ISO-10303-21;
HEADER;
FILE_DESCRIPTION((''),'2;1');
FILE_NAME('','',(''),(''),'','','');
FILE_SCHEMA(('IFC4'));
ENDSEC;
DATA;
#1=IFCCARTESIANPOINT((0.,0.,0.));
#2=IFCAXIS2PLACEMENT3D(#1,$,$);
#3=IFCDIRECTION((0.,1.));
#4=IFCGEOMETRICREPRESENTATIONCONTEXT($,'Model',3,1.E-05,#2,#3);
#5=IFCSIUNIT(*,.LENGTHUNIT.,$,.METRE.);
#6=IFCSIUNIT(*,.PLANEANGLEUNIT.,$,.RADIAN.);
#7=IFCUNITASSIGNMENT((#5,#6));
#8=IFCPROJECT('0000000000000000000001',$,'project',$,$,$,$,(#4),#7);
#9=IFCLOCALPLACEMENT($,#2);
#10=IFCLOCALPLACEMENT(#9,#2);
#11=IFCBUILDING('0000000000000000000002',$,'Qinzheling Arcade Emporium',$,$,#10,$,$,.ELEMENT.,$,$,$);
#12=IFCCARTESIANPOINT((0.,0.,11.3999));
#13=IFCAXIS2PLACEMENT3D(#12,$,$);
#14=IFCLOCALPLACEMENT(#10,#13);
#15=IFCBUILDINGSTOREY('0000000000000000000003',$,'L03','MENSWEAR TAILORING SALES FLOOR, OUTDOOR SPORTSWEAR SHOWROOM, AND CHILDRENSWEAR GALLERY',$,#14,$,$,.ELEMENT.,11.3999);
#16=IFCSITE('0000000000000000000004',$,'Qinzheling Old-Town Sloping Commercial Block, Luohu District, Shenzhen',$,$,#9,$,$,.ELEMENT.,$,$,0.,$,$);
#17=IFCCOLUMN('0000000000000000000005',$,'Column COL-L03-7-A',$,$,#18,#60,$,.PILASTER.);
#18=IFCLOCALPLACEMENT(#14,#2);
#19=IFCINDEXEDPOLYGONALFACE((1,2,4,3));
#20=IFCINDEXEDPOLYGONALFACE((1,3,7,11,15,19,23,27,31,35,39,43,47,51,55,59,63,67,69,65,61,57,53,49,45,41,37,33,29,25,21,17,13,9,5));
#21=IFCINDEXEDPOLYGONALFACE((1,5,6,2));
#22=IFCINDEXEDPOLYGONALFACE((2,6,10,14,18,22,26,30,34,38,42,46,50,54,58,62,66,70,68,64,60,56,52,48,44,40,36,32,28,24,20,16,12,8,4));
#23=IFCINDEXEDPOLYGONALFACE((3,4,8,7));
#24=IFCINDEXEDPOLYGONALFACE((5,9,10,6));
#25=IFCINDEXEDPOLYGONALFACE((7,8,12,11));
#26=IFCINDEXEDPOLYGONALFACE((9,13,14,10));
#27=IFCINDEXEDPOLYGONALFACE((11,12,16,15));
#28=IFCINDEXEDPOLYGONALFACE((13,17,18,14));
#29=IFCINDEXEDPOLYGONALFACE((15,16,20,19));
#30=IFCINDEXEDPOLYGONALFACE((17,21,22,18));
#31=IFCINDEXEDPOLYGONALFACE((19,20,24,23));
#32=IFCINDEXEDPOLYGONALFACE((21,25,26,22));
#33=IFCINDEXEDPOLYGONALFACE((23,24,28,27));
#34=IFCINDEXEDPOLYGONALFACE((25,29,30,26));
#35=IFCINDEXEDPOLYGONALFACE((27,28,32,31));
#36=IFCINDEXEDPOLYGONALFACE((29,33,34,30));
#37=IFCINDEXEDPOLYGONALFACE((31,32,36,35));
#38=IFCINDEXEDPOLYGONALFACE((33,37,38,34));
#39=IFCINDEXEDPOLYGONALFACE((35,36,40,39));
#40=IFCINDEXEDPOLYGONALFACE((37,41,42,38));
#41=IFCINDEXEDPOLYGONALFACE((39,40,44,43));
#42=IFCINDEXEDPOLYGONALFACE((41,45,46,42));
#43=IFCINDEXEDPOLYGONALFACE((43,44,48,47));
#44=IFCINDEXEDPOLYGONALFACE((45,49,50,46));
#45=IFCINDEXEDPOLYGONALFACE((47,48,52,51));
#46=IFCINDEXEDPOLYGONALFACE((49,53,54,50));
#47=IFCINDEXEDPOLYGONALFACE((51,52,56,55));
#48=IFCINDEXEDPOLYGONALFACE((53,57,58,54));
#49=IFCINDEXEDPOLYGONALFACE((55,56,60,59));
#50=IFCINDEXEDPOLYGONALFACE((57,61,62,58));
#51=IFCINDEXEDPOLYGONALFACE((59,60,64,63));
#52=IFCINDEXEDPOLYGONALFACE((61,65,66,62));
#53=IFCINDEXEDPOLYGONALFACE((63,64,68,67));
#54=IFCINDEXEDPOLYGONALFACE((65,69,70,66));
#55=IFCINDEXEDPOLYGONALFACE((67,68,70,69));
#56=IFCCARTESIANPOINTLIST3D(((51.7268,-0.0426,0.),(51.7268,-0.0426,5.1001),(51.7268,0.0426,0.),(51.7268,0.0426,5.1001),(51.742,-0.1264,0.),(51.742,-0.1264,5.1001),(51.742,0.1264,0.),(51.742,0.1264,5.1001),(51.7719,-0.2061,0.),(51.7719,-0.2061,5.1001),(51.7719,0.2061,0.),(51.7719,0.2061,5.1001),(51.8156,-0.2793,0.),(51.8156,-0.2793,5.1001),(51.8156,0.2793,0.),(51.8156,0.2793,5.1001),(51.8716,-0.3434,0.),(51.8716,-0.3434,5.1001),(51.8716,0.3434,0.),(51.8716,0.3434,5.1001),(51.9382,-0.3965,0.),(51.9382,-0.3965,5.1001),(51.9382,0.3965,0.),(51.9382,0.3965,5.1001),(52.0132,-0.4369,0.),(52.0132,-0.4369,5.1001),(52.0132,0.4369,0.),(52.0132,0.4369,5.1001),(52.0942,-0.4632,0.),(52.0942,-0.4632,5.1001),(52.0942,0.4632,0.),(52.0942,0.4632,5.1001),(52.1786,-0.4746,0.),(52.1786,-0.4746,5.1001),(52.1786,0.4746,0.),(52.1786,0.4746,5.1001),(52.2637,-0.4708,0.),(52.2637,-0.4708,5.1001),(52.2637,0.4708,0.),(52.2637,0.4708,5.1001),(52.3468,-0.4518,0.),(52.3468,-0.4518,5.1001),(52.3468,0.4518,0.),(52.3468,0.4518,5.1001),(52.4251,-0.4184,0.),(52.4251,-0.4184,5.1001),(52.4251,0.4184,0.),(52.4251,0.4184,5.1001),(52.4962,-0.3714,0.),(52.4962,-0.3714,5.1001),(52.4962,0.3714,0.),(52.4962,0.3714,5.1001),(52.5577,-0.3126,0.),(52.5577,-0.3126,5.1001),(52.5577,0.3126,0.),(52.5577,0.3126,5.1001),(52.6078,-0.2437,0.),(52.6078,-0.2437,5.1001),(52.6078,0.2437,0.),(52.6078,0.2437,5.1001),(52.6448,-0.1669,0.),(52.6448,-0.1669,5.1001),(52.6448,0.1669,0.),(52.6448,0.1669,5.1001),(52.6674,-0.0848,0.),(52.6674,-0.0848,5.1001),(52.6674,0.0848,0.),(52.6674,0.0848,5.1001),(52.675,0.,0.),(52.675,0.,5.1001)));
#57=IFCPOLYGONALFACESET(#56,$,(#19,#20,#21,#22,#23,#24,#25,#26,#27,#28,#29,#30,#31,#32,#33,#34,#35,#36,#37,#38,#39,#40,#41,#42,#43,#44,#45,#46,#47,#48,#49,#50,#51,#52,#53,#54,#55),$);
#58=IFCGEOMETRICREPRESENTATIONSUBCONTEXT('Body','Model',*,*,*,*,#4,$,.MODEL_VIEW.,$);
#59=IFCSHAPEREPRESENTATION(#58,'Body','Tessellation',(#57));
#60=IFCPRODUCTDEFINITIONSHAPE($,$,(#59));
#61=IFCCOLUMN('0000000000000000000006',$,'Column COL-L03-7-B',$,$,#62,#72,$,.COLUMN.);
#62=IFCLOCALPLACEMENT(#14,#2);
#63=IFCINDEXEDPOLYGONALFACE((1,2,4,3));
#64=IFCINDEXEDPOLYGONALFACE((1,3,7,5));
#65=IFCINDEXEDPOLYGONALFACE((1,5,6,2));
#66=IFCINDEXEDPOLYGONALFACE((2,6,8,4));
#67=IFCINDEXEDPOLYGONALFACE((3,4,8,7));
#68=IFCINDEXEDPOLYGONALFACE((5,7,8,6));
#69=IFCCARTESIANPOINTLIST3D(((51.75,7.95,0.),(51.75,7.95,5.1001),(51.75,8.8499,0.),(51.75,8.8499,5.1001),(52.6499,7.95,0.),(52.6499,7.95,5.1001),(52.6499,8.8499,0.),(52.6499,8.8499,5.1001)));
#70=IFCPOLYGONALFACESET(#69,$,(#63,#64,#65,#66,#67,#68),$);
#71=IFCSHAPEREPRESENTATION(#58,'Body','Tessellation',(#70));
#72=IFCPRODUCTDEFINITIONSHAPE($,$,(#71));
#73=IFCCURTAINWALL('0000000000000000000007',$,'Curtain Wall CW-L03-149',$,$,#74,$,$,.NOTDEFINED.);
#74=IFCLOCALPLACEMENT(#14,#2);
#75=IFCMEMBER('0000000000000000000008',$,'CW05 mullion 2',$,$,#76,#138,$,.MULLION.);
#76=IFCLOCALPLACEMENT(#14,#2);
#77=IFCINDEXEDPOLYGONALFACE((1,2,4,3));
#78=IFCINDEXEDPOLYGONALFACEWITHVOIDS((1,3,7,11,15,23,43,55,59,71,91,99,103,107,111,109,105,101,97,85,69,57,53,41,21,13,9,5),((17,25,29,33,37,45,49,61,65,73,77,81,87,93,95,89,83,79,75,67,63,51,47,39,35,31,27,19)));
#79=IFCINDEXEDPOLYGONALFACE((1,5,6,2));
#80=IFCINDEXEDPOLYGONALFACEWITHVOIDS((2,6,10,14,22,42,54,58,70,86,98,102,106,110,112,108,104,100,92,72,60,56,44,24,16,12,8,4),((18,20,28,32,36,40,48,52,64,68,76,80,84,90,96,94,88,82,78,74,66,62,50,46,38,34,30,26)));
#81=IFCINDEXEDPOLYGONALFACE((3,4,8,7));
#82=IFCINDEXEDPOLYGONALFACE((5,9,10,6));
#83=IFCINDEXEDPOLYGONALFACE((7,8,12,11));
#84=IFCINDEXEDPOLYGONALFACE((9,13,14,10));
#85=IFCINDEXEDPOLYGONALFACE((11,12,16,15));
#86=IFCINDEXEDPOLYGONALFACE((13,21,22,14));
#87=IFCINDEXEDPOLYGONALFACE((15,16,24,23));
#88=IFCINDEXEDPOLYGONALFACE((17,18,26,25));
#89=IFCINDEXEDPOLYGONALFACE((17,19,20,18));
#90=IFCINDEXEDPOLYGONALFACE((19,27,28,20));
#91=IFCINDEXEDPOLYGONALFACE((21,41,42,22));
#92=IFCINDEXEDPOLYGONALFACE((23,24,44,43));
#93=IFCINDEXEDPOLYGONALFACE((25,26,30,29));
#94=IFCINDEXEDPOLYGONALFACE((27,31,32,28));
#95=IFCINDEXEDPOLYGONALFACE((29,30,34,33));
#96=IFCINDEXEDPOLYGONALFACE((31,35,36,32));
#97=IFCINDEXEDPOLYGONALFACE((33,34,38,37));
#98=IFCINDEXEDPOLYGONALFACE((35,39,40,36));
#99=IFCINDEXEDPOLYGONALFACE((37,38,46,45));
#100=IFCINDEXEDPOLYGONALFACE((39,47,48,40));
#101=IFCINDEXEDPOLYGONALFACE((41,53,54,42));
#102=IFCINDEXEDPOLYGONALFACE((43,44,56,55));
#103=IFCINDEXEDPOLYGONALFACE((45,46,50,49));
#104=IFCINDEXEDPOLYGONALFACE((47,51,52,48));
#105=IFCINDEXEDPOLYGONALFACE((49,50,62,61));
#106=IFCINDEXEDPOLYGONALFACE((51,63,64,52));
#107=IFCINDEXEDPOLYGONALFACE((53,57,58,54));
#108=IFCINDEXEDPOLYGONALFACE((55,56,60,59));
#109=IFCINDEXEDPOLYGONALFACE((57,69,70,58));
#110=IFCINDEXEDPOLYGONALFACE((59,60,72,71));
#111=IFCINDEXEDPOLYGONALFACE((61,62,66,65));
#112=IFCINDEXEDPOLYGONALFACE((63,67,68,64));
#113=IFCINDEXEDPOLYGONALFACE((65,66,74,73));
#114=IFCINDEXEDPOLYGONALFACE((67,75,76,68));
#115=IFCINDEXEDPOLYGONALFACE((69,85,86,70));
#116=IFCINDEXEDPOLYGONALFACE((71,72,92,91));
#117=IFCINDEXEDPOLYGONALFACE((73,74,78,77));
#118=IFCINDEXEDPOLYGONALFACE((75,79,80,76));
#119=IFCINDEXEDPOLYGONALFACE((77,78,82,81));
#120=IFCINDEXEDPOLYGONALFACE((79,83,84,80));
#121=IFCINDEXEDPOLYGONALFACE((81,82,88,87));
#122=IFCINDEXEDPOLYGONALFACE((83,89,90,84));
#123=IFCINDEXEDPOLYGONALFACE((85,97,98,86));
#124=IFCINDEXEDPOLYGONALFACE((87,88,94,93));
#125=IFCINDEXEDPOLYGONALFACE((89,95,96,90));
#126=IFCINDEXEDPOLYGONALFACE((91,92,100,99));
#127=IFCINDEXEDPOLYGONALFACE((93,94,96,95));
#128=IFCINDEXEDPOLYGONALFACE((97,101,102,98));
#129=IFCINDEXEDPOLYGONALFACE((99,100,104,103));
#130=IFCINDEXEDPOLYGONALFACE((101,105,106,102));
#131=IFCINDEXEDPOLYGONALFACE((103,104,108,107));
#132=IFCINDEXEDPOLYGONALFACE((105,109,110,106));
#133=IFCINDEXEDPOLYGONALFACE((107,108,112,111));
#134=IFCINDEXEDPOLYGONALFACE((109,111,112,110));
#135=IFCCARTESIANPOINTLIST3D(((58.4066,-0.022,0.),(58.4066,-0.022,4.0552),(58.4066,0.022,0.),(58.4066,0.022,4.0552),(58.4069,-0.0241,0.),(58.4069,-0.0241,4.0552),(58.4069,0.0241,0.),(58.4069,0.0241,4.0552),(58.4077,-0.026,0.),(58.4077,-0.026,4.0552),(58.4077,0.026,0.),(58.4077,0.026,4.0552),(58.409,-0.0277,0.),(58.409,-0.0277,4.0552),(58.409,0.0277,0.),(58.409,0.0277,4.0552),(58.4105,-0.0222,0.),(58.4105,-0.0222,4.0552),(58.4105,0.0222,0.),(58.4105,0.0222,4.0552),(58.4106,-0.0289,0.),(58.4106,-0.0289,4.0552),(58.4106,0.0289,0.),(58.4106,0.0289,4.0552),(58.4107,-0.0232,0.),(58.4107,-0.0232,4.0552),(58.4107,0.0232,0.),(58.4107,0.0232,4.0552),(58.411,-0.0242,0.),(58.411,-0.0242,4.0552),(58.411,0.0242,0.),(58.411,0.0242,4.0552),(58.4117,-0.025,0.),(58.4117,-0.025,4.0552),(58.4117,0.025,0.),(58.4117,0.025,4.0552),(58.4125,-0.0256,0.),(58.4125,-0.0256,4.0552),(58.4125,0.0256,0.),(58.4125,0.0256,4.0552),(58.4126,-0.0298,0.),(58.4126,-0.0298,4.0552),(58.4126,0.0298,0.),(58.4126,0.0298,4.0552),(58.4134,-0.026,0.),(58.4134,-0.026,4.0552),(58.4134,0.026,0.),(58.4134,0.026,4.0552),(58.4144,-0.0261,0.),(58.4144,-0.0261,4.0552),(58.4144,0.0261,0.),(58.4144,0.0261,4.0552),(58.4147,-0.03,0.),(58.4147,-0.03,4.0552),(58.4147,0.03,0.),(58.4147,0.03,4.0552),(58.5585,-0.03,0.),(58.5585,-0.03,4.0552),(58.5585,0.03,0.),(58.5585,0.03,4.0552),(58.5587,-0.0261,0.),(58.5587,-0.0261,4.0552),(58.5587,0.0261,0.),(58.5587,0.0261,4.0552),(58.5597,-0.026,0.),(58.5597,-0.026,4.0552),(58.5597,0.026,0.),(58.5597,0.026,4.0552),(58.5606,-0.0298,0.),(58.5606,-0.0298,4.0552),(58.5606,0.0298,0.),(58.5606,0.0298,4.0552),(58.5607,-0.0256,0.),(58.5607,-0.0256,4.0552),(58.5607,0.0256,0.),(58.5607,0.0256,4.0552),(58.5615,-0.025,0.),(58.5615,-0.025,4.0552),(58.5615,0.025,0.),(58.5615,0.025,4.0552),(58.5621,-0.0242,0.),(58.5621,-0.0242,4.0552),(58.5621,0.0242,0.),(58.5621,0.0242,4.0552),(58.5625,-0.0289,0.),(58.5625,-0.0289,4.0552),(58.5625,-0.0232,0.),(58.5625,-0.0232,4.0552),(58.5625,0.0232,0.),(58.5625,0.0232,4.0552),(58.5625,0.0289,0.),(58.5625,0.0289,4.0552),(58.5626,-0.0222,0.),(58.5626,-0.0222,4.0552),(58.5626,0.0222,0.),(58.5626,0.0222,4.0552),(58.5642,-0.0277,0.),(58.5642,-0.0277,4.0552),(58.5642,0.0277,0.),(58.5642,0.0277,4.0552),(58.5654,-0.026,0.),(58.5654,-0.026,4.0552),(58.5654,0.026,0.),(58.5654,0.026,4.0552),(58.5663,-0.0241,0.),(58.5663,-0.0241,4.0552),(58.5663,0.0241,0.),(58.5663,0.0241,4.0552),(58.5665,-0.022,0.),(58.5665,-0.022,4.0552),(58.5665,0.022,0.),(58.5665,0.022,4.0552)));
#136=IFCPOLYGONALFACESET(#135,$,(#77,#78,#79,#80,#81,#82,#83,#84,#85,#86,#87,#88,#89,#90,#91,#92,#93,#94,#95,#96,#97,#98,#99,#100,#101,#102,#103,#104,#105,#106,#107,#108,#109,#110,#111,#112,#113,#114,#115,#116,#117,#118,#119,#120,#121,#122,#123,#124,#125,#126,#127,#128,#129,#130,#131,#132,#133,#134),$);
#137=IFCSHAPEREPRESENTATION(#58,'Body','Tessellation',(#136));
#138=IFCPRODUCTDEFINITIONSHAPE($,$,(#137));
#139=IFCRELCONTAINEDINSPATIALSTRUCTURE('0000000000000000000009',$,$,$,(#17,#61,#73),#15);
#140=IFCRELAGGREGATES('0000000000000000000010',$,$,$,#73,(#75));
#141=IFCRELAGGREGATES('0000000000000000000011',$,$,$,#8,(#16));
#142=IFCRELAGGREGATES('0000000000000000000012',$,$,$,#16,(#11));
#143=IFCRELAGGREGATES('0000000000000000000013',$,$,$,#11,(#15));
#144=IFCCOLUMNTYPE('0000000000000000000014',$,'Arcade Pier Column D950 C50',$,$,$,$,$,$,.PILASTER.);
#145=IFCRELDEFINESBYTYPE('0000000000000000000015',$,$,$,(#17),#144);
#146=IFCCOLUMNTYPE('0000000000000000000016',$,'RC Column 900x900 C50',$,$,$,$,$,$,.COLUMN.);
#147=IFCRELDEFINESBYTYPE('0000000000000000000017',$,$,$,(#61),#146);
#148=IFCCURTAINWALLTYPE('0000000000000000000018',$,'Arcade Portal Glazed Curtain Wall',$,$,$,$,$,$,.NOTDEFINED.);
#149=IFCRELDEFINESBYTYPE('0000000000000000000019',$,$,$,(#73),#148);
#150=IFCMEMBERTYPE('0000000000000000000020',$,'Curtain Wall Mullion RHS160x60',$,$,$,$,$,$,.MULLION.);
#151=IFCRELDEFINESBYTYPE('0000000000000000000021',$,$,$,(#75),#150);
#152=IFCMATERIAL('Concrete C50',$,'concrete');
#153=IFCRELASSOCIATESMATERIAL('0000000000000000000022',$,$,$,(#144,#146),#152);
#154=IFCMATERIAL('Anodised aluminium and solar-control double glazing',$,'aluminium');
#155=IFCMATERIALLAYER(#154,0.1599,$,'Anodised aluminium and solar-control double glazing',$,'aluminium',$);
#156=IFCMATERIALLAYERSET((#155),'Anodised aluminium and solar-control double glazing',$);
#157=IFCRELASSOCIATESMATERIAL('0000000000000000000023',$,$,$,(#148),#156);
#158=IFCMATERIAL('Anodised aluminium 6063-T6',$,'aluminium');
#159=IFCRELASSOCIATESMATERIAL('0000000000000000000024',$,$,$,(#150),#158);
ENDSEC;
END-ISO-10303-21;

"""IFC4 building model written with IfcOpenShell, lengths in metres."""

from ifc_helpers import new_model, si_unit, direction, frame, origin, origin_2d, place, context, subcontext, project, spatial, rectangle, hollow_rectangle, circle, extrude, material, layer, layer_set, material_profile, profile_set, type_object, element, aggregate, save


model = new_model("IFC4")

# Units and contexts
model_context = context("Model", 3, precision=1e-05, world=origin(), true_north=direction((0.0, 1.0)))
body_context = subcontext(model_context, "Body", "Model", "MODEL_VIEW")
ifc_project = project(units=[si_unit("LENGTHUNIT", "METRE"), si_unit("PLANEANGLEUNIT", "RADIAN")], contexts=[model_context])

# Site, building, storey
site_placement = place(None, origin())
site = spatial("IfcSite", under=ifc_project, at=site_placement, Name="Qinzheling Old-Town Sloping Commercial Block, Luohu District, Shenzhen", CompositionType="ELEMENT", RefElevation=0.0)
building_placement = place(site_placement, origin())
building = spatial("IfcBuilding", under=site, at=building_placement, Name="Qinzheling Arcade Emporium", CompositionType="ELEMENT")
storey_placement = place(building_placement, frame((0.0, 0.0, 11.3999)))
storey = spatial("IfcBuildingStorey", under=building, at=storey_placement, Name="L03", Description="MENSWEAR TAILORING SALES FLOOR, OUTDOOR SPORTSWEAR SHOWROOM, AND CHILDRENSWEAR GALLERY", CompositionType="ELEMENT", Elevation=11.3999)

# Columns
ifc_material_1 = material(Name="Concrete C50", Category="concrete")
ifc_material_profile_1 = material_profile(ifc_material_1, circle(Radius=0.4751, at=origin_2d()), Name="RC D950", Category="concrete")
ifc_profile_set_1 = profile_set([ifc_material_profile_1], Name="Concrete C50")
column_type_1 = type_object("IfcColumnType", Name="Arcade Pier Column D950 C50", PredefinedType="PILASTER", material=ifc_profile_set_1)
column_1_placement = place(storey_placement, frame((52.2, 0.0, 0.0), z_axis=(0.0, 0.0, 1.0), x_axis=(1.0, 0.0, 0.0)))
element("IfcColumn", 1, at=column_1_placement, inside=storey, type_object=column_type_1, Name="Column COL-L03-7-A", PredefinedType="PILASTER", context=body_context, shape_type="SweptSolid", body=[
    extrude(circle(Radius=0.4751, at=origin_2d()), origin(), (0.0, 0.0, 1.0), 5.1001),
])
ifc_material_profile_2 = material_profile(ifc_material_1, rectangle(XDim=0.8999, YDim=0.8999, at=origin_2d()), Name="RC 900x900", Category="concrete")
ifc_profile_set_2 = profile_set([ifc_material_profile_2], Name="Concrete C50")
column_type_2 = type_object("IfcColumnType", Name="RC Column 900x900 C50", PredefinedType="COLUMN", material=ifc_profile_set_2)
column_2_placement = place(storey_placement, frame((52.2, 8.3999, 0.0), z_axis=(0.0, 0.0, 1.0), x_axis=(1.0, 0.0, 0.0)))
element("IfcColumn", 2, at=column_2_placement, inside=storey, type_object=column_type_2, Name="Column COL-L03-7-B", PredefinedType="COLUMN", context=body_context, shape_type="SweptSolid", body=[
    extrude(rectangle(XDim=0.8999, YDim=0.8999, at=origin_2d()), origin(), (0.0, 0.0, 1.0), 5.1001),
])

# Curtain wall, member
ifc_material_2 = material(Name="Anodised aluminium and solar-control double glazing", Category="aluminium")
ifc_layer_1 = layer(ifc_material_2, 0.1599, Name="Anodised aluminium and solar-control double glazing", Category="aluminium")
ifc_layer_set_1 = layer_set([ifc_layer_1], Name="Anodised aluminium and solar-control double glazing")
curtain_wall_type = type_object("IfcCurtainWallType", Name="Arcade Portal Glazed Curtain Wall", PredefinedType="NOTDEFINED", material=ifc_layer_set_1)
curtain_wall_1_placement = place(storey_placement, origin())
curtain_wall_1 = element("IfcCurtainWall", 3, at=curtain_wall_1_placement, inside=storey, type_object=curtain_wall_type, Name="Curtain Wall CW-L03-149", PredefinedType="NOTDEFINED")
ifc_material_3 = material(Name="Anodised aluminium 6063-T6", Category="aluminium")
ifc_material_profile_3 = material_profile(ifc_material_3, hollow_rectangle(XDim=0.0601, YDim=0.1599, WallThickness=0.0039, InnerFilletRadius=0.0039, OuterFilletRadius=0.0081, at=origin_2d()), Name="RHS 160x60x4", Category="aluminium")
ifc_profile_set_3 = profile_set([ifc_material_profile_3], Name="Anodised aluminium 6063-T6")
member_type_1 = type_object("IfcMemberType", Name="Curtain Wall Mullion RHS160x60", PredefinedType="MULLION", material=ifc_profile_set_3)
member_1_placement = place(storey_placement, frame((58.4866, 0.0, 0.0), z_axis=(0.0, 0.0, 1.0), x_axis=(0.0, -1.0, 0.0)))
member_1 = element("IfcMember", 4, at=member_1_placement, type_object=member_type_1, Name="CW05 mullion 2", PredefinedType="MULLION", context=body_context, shape_type="SweptSolid", body=[
    extrude(hollow_rectangle(XDim=0.0601, YDim=0.1599, WallThickness=0.0039, InnerFilletRadius=0.0039, OuterFilletRadius=0.0081, at=origin_2d()), origin(), (0.0, 0.0, 1.0), 4.0552),
])

aggregate(curtain_wall_1, [member_1])

save(model, "model.ifc")
